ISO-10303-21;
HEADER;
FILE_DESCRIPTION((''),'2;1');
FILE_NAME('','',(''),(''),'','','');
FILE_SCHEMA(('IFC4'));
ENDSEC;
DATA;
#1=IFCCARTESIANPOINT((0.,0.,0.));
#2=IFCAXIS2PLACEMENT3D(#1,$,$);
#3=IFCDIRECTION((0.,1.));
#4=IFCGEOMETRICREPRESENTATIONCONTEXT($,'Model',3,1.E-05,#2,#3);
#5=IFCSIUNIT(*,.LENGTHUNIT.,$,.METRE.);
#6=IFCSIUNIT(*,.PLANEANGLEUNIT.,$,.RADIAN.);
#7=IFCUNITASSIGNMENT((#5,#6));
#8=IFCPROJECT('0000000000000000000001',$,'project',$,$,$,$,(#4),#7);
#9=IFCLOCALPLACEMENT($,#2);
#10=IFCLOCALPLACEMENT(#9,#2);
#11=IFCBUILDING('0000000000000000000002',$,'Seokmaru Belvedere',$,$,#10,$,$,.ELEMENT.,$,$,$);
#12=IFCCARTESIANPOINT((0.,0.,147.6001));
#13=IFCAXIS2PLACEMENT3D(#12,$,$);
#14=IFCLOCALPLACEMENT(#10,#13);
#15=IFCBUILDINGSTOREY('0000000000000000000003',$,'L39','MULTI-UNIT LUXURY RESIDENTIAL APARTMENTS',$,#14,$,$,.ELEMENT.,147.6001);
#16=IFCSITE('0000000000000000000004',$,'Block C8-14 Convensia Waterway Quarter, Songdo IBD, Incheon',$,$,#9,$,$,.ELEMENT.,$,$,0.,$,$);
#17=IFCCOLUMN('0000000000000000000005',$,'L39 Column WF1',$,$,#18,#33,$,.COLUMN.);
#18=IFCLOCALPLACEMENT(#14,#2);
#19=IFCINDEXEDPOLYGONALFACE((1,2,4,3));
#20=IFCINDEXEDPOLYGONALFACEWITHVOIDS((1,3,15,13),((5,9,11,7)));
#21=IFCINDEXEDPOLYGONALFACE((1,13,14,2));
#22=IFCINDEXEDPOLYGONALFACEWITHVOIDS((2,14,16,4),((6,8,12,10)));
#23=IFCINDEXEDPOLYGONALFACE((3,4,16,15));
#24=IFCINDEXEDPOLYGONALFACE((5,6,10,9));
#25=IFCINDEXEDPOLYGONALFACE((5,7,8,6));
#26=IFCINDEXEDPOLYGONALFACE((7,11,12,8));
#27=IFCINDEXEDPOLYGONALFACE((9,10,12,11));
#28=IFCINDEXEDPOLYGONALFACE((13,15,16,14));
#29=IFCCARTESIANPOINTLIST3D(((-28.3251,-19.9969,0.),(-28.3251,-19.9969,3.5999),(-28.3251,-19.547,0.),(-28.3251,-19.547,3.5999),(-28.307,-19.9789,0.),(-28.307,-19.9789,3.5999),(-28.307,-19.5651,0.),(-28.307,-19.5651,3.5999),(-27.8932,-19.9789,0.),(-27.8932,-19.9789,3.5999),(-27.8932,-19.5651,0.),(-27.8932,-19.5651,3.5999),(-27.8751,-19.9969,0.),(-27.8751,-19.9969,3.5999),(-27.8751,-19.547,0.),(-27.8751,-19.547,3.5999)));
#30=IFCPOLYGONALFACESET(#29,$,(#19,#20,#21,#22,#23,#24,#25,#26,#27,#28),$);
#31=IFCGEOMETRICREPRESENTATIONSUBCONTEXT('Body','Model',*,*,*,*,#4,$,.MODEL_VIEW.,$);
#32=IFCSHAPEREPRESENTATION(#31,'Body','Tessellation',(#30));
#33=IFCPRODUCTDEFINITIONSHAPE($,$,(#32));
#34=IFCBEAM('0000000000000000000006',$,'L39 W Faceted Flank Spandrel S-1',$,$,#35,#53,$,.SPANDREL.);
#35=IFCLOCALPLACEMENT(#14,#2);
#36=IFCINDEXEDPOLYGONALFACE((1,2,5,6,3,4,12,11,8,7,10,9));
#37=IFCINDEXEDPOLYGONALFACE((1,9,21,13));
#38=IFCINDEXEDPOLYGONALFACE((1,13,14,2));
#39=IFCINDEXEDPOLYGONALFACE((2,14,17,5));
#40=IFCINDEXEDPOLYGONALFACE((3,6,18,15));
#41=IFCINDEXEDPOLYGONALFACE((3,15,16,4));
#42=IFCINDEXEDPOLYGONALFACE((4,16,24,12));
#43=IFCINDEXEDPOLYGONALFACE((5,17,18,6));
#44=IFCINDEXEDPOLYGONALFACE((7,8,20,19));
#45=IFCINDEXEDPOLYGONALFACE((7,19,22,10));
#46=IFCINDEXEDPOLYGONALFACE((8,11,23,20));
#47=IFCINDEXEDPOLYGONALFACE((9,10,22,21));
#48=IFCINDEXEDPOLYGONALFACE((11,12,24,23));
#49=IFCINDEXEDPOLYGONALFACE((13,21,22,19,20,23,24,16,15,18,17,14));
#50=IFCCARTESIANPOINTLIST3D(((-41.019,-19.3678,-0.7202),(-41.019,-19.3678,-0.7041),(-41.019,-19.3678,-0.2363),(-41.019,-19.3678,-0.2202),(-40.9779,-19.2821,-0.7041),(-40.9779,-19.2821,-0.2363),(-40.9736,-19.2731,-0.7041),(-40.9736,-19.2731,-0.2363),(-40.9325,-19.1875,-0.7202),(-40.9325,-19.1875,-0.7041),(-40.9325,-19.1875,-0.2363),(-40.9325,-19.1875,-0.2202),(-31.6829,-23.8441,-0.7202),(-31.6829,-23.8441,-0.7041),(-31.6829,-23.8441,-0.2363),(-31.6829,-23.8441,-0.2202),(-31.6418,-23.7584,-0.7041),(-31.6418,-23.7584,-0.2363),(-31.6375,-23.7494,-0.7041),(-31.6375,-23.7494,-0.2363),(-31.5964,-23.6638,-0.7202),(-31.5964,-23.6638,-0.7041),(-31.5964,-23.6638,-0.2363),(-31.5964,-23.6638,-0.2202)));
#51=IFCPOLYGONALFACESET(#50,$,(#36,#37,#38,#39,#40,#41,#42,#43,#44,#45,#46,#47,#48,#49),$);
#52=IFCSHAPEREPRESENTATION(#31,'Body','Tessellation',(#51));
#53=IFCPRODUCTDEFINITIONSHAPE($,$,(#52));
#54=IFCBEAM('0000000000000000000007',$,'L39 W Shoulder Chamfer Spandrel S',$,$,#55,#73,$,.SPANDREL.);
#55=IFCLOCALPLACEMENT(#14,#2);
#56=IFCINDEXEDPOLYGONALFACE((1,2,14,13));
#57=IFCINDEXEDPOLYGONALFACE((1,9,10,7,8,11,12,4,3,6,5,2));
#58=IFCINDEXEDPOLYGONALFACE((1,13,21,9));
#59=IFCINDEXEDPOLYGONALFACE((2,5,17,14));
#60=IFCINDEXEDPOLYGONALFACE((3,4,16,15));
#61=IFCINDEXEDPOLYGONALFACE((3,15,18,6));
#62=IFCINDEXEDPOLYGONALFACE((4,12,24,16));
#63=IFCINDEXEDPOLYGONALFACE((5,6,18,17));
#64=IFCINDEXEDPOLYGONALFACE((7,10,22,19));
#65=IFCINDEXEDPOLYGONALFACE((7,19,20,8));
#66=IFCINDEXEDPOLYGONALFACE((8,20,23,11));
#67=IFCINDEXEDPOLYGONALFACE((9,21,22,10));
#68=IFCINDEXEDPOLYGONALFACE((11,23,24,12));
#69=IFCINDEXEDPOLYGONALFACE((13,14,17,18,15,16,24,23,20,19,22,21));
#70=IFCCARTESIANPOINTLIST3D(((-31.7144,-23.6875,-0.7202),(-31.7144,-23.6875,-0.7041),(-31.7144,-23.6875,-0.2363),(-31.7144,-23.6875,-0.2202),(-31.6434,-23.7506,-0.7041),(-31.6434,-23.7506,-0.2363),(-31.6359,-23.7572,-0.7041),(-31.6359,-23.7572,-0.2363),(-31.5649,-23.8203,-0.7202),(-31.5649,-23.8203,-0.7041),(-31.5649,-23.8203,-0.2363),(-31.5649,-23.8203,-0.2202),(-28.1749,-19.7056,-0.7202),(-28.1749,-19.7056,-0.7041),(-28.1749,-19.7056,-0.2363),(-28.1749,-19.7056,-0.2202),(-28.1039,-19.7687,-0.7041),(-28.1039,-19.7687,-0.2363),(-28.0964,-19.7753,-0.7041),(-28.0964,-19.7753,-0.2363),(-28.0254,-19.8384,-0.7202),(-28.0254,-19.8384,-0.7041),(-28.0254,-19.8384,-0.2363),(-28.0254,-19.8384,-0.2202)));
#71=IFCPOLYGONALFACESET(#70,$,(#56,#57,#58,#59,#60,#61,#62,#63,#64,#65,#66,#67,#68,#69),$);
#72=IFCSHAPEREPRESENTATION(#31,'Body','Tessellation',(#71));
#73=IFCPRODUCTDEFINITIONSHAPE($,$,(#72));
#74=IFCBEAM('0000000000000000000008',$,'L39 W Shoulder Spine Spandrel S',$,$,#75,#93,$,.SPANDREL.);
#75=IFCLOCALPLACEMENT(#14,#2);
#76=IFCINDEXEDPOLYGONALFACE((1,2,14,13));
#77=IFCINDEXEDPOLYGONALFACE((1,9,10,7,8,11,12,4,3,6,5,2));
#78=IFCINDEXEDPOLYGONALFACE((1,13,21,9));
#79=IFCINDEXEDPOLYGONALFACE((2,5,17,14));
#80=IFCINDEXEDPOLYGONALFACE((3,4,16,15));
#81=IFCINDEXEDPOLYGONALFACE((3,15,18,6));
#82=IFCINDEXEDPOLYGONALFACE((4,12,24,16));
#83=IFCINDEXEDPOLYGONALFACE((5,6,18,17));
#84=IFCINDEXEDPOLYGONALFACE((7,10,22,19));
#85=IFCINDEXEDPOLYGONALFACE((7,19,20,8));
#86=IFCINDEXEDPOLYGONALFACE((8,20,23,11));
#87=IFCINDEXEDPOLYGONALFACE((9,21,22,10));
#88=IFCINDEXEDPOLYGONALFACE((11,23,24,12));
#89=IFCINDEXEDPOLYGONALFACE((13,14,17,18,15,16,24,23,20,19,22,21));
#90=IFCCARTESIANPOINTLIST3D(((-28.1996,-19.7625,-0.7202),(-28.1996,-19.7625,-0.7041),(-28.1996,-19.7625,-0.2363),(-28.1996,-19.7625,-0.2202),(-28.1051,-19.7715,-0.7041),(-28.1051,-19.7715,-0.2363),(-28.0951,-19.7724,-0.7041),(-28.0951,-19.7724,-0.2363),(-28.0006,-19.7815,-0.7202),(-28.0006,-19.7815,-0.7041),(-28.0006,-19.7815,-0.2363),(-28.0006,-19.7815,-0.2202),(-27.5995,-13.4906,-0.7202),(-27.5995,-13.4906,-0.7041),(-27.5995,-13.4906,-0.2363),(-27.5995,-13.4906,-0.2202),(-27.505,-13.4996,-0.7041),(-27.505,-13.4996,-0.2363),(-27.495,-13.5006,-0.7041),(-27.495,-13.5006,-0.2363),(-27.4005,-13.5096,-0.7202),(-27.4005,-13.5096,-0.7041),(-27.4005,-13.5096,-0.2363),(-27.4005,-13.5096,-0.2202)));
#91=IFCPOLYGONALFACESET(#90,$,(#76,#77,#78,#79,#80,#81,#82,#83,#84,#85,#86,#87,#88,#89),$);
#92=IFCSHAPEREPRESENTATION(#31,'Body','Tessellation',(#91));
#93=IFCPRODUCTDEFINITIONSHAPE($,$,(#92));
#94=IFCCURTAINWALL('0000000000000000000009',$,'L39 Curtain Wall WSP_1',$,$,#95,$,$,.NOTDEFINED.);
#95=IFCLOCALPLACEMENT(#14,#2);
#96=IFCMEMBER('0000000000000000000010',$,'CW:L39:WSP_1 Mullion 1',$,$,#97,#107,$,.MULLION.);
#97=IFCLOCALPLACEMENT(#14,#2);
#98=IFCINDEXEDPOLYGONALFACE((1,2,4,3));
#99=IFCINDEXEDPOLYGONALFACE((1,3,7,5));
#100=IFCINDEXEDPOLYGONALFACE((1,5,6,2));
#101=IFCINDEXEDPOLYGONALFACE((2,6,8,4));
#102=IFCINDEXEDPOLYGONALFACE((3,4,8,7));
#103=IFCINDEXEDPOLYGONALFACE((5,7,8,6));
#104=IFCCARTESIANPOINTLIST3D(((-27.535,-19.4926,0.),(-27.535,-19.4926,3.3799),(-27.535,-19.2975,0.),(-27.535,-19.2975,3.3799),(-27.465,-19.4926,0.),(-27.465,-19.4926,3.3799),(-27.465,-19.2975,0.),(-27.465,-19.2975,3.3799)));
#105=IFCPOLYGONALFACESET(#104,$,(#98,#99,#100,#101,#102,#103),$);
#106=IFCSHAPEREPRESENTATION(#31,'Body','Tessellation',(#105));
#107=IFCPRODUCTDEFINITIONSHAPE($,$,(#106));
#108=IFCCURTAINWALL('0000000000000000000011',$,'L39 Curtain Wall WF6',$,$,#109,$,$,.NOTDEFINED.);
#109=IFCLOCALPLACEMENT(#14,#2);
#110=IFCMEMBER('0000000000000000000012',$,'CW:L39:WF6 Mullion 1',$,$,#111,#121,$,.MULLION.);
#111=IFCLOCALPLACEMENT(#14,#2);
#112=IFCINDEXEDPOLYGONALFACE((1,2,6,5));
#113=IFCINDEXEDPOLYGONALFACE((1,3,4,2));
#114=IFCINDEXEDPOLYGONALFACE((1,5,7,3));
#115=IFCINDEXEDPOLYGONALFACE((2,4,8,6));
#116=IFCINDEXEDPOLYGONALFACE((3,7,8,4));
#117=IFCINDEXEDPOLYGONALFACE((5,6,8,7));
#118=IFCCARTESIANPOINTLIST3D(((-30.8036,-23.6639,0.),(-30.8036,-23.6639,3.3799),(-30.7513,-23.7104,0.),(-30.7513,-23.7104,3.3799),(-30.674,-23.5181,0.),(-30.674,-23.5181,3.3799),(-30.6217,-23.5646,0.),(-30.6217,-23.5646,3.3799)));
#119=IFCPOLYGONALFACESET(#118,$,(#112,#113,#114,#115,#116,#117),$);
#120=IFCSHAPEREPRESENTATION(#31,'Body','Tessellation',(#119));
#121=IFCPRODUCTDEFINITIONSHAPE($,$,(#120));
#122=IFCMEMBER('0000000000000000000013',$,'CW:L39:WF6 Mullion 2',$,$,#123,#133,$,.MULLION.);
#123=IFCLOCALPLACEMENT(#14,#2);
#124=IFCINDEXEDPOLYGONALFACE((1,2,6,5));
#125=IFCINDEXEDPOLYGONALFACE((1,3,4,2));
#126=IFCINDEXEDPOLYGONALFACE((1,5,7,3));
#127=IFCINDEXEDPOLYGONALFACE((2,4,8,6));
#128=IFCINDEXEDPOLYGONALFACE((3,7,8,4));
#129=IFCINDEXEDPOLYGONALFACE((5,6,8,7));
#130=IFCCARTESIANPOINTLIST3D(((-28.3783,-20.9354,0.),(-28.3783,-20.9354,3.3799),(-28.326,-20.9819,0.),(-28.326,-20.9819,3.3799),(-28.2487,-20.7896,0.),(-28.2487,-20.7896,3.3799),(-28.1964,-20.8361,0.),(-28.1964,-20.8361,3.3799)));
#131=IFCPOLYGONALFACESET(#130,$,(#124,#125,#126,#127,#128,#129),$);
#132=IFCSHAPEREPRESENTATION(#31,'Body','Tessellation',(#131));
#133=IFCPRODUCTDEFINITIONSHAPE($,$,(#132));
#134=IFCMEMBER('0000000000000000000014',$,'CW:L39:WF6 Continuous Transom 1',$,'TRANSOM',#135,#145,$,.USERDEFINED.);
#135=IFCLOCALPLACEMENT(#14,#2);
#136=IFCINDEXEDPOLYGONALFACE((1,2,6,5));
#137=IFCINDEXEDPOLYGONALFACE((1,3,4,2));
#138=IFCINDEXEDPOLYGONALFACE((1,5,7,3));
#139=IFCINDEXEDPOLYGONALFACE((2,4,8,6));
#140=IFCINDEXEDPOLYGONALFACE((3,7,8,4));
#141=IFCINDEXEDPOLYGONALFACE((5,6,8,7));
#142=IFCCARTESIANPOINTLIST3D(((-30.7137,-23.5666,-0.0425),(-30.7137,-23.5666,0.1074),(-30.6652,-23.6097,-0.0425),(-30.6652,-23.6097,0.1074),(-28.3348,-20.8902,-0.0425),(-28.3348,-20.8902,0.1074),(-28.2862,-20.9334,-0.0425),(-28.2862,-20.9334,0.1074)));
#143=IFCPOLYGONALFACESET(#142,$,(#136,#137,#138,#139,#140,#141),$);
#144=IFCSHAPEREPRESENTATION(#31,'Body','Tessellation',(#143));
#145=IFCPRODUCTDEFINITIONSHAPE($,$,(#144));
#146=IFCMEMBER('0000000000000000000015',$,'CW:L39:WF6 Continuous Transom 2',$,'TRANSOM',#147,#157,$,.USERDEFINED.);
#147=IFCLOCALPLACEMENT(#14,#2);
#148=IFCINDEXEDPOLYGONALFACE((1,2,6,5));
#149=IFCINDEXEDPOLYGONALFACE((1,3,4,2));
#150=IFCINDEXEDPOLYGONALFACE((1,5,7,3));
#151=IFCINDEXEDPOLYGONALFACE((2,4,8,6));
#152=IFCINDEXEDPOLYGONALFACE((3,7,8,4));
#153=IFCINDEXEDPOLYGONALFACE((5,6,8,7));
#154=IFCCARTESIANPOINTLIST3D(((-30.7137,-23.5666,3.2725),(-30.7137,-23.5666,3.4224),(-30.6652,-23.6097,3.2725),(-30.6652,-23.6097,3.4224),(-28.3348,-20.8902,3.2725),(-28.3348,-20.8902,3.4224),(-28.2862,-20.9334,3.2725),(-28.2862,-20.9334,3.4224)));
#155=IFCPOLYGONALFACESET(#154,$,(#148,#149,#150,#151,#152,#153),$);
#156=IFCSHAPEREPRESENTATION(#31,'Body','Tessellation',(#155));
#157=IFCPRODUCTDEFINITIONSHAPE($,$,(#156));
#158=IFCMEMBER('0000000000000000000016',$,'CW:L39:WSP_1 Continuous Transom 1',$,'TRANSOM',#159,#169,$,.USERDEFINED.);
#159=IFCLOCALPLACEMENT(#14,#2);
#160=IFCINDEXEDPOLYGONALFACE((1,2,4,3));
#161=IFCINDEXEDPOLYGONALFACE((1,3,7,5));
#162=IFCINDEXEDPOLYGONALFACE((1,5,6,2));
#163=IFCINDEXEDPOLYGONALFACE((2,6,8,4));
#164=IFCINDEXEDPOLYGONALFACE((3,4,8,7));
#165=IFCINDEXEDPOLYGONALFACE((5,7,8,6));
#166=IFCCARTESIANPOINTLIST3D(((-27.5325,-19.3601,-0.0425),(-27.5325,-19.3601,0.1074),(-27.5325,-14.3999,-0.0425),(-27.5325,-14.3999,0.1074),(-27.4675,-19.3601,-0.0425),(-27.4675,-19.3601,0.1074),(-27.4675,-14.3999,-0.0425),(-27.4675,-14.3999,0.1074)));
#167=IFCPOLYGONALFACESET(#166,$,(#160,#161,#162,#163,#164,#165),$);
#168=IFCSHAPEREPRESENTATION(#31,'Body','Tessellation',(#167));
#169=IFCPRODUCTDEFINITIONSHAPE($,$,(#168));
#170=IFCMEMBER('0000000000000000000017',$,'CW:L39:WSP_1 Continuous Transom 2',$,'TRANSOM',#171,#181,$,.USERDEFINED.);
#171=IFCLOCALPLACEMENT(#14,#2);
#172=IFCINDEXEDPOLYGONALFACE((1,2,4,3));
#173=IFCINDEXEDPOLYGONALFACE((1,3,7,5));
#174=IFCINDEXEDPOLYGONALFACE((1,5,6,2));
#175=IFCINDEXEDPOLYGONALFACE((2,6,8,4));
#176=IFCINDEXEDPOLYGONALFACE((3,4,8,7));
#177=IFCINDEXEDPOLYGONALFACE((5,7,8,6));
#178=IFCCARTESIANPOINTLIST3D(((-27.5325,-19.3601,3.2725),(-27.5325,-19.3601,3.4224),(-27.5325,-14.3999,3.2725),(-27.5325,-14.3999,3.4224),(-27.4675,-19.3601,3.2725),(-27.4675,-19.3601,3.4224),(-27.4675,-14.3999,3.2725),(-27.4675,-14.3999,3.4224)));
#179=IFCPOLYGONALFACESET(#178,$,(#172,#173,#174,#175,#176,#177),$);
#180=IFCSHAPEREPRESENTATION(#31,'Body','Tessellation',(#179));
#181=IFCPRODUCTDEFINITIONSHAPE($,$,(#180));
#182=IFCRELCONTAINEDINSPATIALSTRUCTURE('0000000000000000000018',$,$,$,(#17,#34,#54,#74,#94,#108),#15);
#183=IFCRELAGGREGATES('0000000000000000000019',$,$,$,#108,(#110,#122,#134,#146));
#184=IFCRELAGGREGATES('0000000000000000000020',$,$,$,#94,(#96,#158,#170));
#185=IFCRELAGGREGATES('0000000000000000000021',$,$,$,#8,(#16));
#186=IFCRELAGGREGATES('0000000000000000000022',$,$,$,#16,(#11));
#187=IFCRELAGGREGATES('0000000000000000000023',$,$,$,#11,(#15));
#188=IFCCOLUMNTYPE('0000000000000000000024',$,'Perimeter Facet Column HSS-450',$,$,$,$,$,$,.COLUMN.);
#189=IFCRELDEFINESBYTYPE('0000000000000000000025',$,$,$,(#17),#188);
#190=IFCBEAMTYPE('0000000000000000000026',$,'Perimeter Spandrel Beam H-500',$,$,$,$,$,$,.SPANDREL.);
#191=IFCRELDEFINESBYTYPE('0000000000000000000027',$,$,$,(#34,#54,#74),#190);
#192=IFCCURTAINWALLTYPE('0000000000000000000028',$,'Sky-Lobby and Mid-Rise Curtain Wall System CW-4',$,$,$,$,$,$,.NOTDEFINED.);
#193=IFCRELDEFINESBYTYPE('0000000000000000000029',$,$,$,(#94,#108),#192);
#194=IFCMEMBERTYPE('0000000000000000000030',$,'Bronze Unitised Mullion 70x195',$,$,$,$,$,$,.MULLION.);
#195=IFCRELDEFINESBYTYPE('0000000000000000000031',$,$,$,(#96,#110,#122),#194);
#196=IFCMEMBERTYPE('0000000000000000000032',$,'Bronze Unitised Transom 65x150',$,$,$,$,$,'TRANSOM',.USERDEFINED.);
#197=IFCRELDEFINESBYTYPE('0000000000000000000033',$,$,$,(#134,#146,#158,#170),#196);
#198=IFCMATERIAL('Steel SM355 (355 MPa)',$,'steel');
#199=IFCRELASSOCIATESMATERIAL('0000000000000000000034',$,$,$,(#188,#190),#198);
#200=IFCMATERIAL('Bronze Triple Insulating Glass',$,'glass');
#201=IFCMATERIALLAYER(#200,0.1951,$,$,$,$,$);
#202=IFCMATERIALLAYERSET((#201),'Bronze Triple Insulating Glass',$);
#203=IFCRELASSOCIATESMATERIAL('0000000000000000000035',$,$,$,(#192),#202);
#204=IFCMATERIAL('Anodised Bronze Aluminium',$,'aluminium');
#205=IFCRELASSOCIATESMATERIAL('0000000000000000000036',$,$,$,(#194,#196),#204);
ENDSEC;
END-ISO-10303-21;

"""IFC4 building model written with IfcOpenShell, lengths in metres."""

from ifc_helpers import new_model, si_unit, direction, frame, origin, origin_2d, place, context, subcontext, project, spatial, rectangle, hollow_rectangle, i_section, extrude, source, transform, mapped, material, layer, layer_set, material_profile, profile_set, type_object, type_shapes, element, aggregate, save


model = new_model("IFC4")

# Units and contexts
model_context = context("Model", 3, precision=1e-05, world=origin(), true_north=direction((0.0, 1.0)))
body_context = subcontext(model_context, "Body", "Model", "MODEL_VIEW")
ifc_project = project(units=[si_unit("LENGTHUNIT", "METRE"), si_unit("PLANEANGLEUNIT", "RADIAN")], contexts=[model_context])

# Site, building, storey
site_placement = place(None, origin())
site = spatial("IfcSite", under=ifc_project, at=site_placement, Name="Block C8-14 Convensia Waterway Quarter, Songdo IBD, Incheon", CompositionType="ELEMENT", RefElevation=0.0)
building_placement = place(site_placement, origin())
building = spatial("IfcBuilding", under=site, at=building_placement, Name="Seokmaru Belvedere", CompositionType="ELEMENT")
storey_placement = place(building_placement, frame((0.0, 0.0, 147.6001)))
storey = spatial("IfcBuildingStorey", under=building, at=storey_placement, Name="L39", Description="MULTI-UNIT LUXURY RESIDENTIAL APARTMENTS", CompositionType="ELEMENT", Elevation=147.6001)

# Column
ifc_material_1 = material(Name="Steel SM355 (355 MPa)", Category="steel")
ifc_material_profile_1 = material_profile(ifc_material_1, hollow_rectangle(XDim=0.45, YDim=0.45, WallThickness=0.0181, at=origin_2d()), Name="HSS-450x450x18")
ifc_profile_set_1 = profile_set([ifc_material_profile_1], Name="Steel SM355 (355 MPa)")
column_type = type_object("IfcColumnType", Name="Perimeter Facet Column HSS-450", PredefinedType="COLUMN", material=ifc_profile_set_1)
shared_shape_1 = source(origin(), body_context, "Body", "SweptSolid", [
    extrude(hollow_rectangle(XDim=0.45, YDim=0.45, WallThickness=0.0181, at=origin_2d()), origin(), (0.0, 0.0, 1.0), 3.5999),
])
type_shapes(column_type, [shared_shape_1])
column_placement = place(storey_placement, frame((-28.1001, -19.772, 0.0), z_axis=(0.0, 0.0, 1.0), x_axis=(1.0, 0.0, 0.0)))
element("IfcColumn", 1, at=column_placement, inside=storey, type_object=column_type, Name="L39 Column WF1", PredefinedType="COLUMN", context=body_context, shape_type="MappedRepresentation", body=[
    mapped(shared_shape_1, transform((0.0, 0.0, 0.0), scale=1.0)),
])

# Beams
ifc_material_profile_2 = material_profile(ifc_material_1, i_section(OverallWidth=0.2, OverallDepth=0.5, WebThickness=0.01, FlangeThickness=0.0161, at=origin_2d()), Name="H-500x200x10x16")
ifc_profile_set_2 = profile_set([ifc_material_profile_2], Name="Steel SM355 (355 MPa)")
beam_type = type_object("IfcBeamType", Name="Perimeter Spandrel Beam H-500", PredefinedType="SPANDREL", material=ifc_profile_set_2)
shared_shape_2 = source(origin(), body_context, "Body", "SweptSolid", [
    extrude(i_section(OverallWidth=0.2, OverallDepth=0.5, WebThickness=0.01, FlangeThickness=0.0161, at=origin_2d()), origin(), (0.0, 0.0, 1.0), 10.3538),
])
beam_1_placement = place(storey_placement, frame((-31.6396, -23.7539, -0.4702), z_axis=(-0.901713, 0.432335, 0.0), x_axis=(-0.432335, -0.901713, 0.0)))
element("IfcBeam", 2, at=beam_1_placement, inside=storey, type_object=beam_type, Name="L39 W Faceted Flank Spandrel S-1", PredefinedType="SPANDREL", context=body_context, shape_type="MappedRepresentation", body=[
    mapped(shared_shape_2, transform((0.0, 0.0, 0.0), scale=1.0)),
])
shared_shape_3 = source(origin(), body_context, "Body", "SweptSolid", [
    extrude(i_section(OverallWidth=0.2, OverallDepth=0.5, WebThickness=0.01, FlangeThickness=0.0161, at=origin_2d()), origin(), (0.0, 0.0, 1.0), 5.3276),
])
beam_2_placement = place(storey_placement, frame((-31.6396, -23.7539, -0.4702), z_axis=(0.66437, 0.747404, 0.0), x_axis=(-0.747404, 0.66437, 0.0)))
element("IfcBeam", 3, at=beam_2_placement, inside=storey, type_object=beam_type, Name="L39 W Shoulder Chamfer Spandrel S", PredefinedType="SPANDREL", context=body_context, shape_type="MappedRepresentation", body=[
    mapped(shared_shape_3, transform((0.0, 0.0, 0.0), scale=1.0)),
])
shared_shape_4 = source(origin(), body_context, "Body", "SweptSolid", [
    extrude(i_section(OverallWidth=0.2, OverallDepth=0.5, WebThickness=0.01, FlangeThickness=0.0161, at=origin_2d()), origin(), (0.0, 0.0, 1.0), 6.3005),
])
type_shapes(beam_type, [shared_shape_2, shared_shape_3, shared_shape_4])
beam_3_placement = place(storey_placement, frame((-28.1001, -19.772, -0.4702), z_axis=(0.095244, 0.995454, 0.0), x_axis=(-0.995454, 0.095244, 0.0)))
element("IfcBeam", 4, at=beam_3_placement, inside=storey, type_object=beam_type, Name="L39 W Shoulder Spine Spandrel S", PredefinedType="SPANDREL", context=body_context, shape_type="MappedRepresentation", body=[
    mapped(shared_shape_4, transform((0.0, 0.0, 0.0), scale=1.0)),
])

# Curtain wall, member
ifc_material_2 = material(Name="Bronze Triple Insulating Glass", Category="glass")
ifc_layer_1 = layer(ifc_material_2, 0.1951)
ifc_layer_set_1 = layer_set([ifc_layer_1], Name="Bronze Triple Insulating Glass")
curtain_wall_type = type_object("IfcCurtainWallType", Name="Sky-Lobby and Mid-Rise Curtain Wall System CW-4", PredefinedType="NOTDEFINED", material=ifc_layer_set_1)
curtain_wall_1_placement = place(storey_placement, origin())
curtain_wall_1 = element("IfcCurtainWall", 5, at=curtain_wall_1_placement, inside=storey, type_object=curtain_wall_type, Name="L39 Curtain Wall WSP_1", PredefinedType="NOTDEFINED")
ifc_material_3 = material(Name="Anodised Bronze Aluminium", Category="aluminium")
ifc_material_profile_3 = material_profile(ifc_material_3, rectangle(XDim=0.0701, YDim=0.1951, at=origin_2d()), Name="CW-M-70x195")
ifc_profile_set_3 = profile_set([ifc_material_profile_3], Name="Anodised Bronze Aluminium")
member_type_1 = type_object("IfcMemberType", Name="Bronze Unitised Mullion 70x195", PredefinedType="MULLION", material=ifc_profile_set_3)
shared_shape_5 = source(origin(), body_context, "Body", "SweptSolid", [
    extrude(rectangle(XDim=0.0701, YDim=0.1951, at=origin_2d()), origin(), (0.0, 0.0, 1.0), 3.3799),
])
type_shapes(member_type_1, [shared_shape_5])
member_1_placement = place(storey_placement, frame((-27.5, -19.395, 0.0), z_axis=(0.0, 0.0, 1.0), x_axis=(-1.0, 0.0, 0.0)))
member_1 = element("IfcMember", 6, at=member_1_placement, type_object=member_type_1, Name="CW:L39:WSP_1 Mullion 1", PredefinedType="MULLION", context=body_context, shape_type="MappedRepresentation", body=[
    mapped(shared_shape_5, transform((0.0, 0.0, 0.0), scale=1.0)),
])

# Curtain wall, members
curtain_wall_2_placement = place(storey_placement, origin())
curtain_wall_2 = element("IfcCurtainWall", 7, at=curtain_wall_2_placement, inside=storey, type_object=curtain_wall_type, Name="L39 Curtain Wall WF6", PredefinedType="NOTDEFINED")
member_2_placement = place(storey_placement, frame((-30.7126, -23.6143, 0.0), z_axis=(0.0, 0.0, 1.0), x_axis=(-0.74741, 0.664363, 0.0)))
member_2 = element("IfcMember", 8, at=member_2_placement, type_object=member_type_1, Name="CW:L39:WF6 Mullion 1", PredefinedType="MULLION", context=body_context, shape_type="MappedRepresentation", body=[
    mapped(shared_shape_5, transform((0.0, 0.0, 0.0), scale=1.0)),
])
member_3_placement = place(storey_placement, frame((-28.2874, -20.8857, 0.0), z_axis=(0.0, 0.0, 1.0), x_axis=(-0.74741, 0.664363, 0.0)))
member_3 = element("IfcMember", 9, at=member_3_placement, type_object=member_type_1, Name="CW:L39:WF6 Mullion 2", PredefinedType="MULLION", context=body_context, shape_type="MappedRepresentation", body=[
    mapped(shared_shape_5, transform((0.0, 0.0, 0.0), scale=1.0)),
])
ifc_material_profile_4 = material_profile(ifc_material_3, rectangle(XDim=0.0649, YDim=0.1499, at=origin_2d()), Name="CW-T-65x150")
ifc_profile_set_4 = profile_set([ifc_material_profile_4], Name="Anodised Bronze Aluminium")
member_type_2 = type_object("IfcMemberType", Name="Bronze Unitised Transom 65x150", ElementType="TRANSOM", PredefinedType="USERDEFINED", material=ifc_profile_set_4)
shared_shape_6 = source(origin(), body_context, "Body", "SweptSolid", [
    extrude(rectangle(XDim=0.0649, YDim=0.1499, at=origin_2d()), origin(), (0.0, 0.0, 1.0), 3.5808),
])
member_4_placement = place(storey_placement, frame((-30.6895, -23.5881, 0.0325), z_axis=(0.664364, 0.747409, 0.0), x_axis=(-0.747409, 0.664364, 0.0)))
member_4 = element("IfcMember", 10, at=member_4_placement, type_object=member_type_2, Name="CW:L39:WF6 Continuous Transom 1", ObjectType="TRANSOM", PredefinedType="USERDEFINED", context=body_context, shape_type="MappedRepresentation", body=[
    mapped(shared_shape_6, transform((0.0, 0.0, 0.0), scale=1.0)),
])
member_5_placement = place(storey_placement, frame((-30.6895, -23.5881, 3.3474), z_axis=(0.664364, 0.747409, 0.0), x_axis=(-0.747409, 0.664364, 0.0)))
member_5 = element("IfcMember", 11, at=member_5_placement, type_object=member_type_2, Name="CW:L39:WF6 Continuous Transom 2", ObjectType="TRANSOM", PredefinedType="USERDEFINED", context=body_context, shape_type="MappedRepresentation", body=[
    mapped(shared_shape_6, transform((0.0, 0.0, 0.0), scale=1.0)),
])

# Members
shared_shape_7 = source(origin(), body_context, "Body", "SweptSolid", [
    extrude(rectangle(XDim=0.0649, YDim=0.1499, at=origin_2d()), origin(), (0.0, 0.0, 1.0), 4.9602),
])
type_shapes(member_type_2, [shared_shape_6, shared_shape_7])
member_6_placement = place(storey_placement, frame((-27.5, -19.3601, 0.0325), z_axis=(0.0, 1.0, 0.0), x_axis=(-1.0, 0.0, 0.0)))
member_6 = element("IfcMember", 12, at=member_6_placement, type_object=member_type_2, Name="CW:L39:WSP_1 Continuous Transom 1", ObjectType="TRANSOM", PredefinedType="USERDEFINED", context=body_context, shape_type="MappedRepresentation", body=[
    mapped(shared_shape_7, transform((0.0, 0.0, 0.0), scale=1.0)),
])
member_7_placement = place(storey_placement, frame((-27.5, -19.3601, 3.3474), z_axis=(0.0, 1.0, 0.0), x_axis=(-1.0, 0.0, 0.0)))
member_7 = element("IfcMember", 13, at=member_7_placement, type_object=member_type_2, Name="CW:L39:WSP_1 Continuous Transom 2", ObjectType="TRANSOM", PredefinedType="USERDEFINED", context=body_context, shape_type="MappedRepresentation", body=[
    mapped(shared_shape_7, transform((0.0, 0.0, 0.0), scale=1.0)),
])

aggregate(curtain_wall_2, [member_2, member_3, member_4, member_5])
aggregate(curtain_wall_1, [member_1, member_6, member_7])

save(model, "model.ifc")
